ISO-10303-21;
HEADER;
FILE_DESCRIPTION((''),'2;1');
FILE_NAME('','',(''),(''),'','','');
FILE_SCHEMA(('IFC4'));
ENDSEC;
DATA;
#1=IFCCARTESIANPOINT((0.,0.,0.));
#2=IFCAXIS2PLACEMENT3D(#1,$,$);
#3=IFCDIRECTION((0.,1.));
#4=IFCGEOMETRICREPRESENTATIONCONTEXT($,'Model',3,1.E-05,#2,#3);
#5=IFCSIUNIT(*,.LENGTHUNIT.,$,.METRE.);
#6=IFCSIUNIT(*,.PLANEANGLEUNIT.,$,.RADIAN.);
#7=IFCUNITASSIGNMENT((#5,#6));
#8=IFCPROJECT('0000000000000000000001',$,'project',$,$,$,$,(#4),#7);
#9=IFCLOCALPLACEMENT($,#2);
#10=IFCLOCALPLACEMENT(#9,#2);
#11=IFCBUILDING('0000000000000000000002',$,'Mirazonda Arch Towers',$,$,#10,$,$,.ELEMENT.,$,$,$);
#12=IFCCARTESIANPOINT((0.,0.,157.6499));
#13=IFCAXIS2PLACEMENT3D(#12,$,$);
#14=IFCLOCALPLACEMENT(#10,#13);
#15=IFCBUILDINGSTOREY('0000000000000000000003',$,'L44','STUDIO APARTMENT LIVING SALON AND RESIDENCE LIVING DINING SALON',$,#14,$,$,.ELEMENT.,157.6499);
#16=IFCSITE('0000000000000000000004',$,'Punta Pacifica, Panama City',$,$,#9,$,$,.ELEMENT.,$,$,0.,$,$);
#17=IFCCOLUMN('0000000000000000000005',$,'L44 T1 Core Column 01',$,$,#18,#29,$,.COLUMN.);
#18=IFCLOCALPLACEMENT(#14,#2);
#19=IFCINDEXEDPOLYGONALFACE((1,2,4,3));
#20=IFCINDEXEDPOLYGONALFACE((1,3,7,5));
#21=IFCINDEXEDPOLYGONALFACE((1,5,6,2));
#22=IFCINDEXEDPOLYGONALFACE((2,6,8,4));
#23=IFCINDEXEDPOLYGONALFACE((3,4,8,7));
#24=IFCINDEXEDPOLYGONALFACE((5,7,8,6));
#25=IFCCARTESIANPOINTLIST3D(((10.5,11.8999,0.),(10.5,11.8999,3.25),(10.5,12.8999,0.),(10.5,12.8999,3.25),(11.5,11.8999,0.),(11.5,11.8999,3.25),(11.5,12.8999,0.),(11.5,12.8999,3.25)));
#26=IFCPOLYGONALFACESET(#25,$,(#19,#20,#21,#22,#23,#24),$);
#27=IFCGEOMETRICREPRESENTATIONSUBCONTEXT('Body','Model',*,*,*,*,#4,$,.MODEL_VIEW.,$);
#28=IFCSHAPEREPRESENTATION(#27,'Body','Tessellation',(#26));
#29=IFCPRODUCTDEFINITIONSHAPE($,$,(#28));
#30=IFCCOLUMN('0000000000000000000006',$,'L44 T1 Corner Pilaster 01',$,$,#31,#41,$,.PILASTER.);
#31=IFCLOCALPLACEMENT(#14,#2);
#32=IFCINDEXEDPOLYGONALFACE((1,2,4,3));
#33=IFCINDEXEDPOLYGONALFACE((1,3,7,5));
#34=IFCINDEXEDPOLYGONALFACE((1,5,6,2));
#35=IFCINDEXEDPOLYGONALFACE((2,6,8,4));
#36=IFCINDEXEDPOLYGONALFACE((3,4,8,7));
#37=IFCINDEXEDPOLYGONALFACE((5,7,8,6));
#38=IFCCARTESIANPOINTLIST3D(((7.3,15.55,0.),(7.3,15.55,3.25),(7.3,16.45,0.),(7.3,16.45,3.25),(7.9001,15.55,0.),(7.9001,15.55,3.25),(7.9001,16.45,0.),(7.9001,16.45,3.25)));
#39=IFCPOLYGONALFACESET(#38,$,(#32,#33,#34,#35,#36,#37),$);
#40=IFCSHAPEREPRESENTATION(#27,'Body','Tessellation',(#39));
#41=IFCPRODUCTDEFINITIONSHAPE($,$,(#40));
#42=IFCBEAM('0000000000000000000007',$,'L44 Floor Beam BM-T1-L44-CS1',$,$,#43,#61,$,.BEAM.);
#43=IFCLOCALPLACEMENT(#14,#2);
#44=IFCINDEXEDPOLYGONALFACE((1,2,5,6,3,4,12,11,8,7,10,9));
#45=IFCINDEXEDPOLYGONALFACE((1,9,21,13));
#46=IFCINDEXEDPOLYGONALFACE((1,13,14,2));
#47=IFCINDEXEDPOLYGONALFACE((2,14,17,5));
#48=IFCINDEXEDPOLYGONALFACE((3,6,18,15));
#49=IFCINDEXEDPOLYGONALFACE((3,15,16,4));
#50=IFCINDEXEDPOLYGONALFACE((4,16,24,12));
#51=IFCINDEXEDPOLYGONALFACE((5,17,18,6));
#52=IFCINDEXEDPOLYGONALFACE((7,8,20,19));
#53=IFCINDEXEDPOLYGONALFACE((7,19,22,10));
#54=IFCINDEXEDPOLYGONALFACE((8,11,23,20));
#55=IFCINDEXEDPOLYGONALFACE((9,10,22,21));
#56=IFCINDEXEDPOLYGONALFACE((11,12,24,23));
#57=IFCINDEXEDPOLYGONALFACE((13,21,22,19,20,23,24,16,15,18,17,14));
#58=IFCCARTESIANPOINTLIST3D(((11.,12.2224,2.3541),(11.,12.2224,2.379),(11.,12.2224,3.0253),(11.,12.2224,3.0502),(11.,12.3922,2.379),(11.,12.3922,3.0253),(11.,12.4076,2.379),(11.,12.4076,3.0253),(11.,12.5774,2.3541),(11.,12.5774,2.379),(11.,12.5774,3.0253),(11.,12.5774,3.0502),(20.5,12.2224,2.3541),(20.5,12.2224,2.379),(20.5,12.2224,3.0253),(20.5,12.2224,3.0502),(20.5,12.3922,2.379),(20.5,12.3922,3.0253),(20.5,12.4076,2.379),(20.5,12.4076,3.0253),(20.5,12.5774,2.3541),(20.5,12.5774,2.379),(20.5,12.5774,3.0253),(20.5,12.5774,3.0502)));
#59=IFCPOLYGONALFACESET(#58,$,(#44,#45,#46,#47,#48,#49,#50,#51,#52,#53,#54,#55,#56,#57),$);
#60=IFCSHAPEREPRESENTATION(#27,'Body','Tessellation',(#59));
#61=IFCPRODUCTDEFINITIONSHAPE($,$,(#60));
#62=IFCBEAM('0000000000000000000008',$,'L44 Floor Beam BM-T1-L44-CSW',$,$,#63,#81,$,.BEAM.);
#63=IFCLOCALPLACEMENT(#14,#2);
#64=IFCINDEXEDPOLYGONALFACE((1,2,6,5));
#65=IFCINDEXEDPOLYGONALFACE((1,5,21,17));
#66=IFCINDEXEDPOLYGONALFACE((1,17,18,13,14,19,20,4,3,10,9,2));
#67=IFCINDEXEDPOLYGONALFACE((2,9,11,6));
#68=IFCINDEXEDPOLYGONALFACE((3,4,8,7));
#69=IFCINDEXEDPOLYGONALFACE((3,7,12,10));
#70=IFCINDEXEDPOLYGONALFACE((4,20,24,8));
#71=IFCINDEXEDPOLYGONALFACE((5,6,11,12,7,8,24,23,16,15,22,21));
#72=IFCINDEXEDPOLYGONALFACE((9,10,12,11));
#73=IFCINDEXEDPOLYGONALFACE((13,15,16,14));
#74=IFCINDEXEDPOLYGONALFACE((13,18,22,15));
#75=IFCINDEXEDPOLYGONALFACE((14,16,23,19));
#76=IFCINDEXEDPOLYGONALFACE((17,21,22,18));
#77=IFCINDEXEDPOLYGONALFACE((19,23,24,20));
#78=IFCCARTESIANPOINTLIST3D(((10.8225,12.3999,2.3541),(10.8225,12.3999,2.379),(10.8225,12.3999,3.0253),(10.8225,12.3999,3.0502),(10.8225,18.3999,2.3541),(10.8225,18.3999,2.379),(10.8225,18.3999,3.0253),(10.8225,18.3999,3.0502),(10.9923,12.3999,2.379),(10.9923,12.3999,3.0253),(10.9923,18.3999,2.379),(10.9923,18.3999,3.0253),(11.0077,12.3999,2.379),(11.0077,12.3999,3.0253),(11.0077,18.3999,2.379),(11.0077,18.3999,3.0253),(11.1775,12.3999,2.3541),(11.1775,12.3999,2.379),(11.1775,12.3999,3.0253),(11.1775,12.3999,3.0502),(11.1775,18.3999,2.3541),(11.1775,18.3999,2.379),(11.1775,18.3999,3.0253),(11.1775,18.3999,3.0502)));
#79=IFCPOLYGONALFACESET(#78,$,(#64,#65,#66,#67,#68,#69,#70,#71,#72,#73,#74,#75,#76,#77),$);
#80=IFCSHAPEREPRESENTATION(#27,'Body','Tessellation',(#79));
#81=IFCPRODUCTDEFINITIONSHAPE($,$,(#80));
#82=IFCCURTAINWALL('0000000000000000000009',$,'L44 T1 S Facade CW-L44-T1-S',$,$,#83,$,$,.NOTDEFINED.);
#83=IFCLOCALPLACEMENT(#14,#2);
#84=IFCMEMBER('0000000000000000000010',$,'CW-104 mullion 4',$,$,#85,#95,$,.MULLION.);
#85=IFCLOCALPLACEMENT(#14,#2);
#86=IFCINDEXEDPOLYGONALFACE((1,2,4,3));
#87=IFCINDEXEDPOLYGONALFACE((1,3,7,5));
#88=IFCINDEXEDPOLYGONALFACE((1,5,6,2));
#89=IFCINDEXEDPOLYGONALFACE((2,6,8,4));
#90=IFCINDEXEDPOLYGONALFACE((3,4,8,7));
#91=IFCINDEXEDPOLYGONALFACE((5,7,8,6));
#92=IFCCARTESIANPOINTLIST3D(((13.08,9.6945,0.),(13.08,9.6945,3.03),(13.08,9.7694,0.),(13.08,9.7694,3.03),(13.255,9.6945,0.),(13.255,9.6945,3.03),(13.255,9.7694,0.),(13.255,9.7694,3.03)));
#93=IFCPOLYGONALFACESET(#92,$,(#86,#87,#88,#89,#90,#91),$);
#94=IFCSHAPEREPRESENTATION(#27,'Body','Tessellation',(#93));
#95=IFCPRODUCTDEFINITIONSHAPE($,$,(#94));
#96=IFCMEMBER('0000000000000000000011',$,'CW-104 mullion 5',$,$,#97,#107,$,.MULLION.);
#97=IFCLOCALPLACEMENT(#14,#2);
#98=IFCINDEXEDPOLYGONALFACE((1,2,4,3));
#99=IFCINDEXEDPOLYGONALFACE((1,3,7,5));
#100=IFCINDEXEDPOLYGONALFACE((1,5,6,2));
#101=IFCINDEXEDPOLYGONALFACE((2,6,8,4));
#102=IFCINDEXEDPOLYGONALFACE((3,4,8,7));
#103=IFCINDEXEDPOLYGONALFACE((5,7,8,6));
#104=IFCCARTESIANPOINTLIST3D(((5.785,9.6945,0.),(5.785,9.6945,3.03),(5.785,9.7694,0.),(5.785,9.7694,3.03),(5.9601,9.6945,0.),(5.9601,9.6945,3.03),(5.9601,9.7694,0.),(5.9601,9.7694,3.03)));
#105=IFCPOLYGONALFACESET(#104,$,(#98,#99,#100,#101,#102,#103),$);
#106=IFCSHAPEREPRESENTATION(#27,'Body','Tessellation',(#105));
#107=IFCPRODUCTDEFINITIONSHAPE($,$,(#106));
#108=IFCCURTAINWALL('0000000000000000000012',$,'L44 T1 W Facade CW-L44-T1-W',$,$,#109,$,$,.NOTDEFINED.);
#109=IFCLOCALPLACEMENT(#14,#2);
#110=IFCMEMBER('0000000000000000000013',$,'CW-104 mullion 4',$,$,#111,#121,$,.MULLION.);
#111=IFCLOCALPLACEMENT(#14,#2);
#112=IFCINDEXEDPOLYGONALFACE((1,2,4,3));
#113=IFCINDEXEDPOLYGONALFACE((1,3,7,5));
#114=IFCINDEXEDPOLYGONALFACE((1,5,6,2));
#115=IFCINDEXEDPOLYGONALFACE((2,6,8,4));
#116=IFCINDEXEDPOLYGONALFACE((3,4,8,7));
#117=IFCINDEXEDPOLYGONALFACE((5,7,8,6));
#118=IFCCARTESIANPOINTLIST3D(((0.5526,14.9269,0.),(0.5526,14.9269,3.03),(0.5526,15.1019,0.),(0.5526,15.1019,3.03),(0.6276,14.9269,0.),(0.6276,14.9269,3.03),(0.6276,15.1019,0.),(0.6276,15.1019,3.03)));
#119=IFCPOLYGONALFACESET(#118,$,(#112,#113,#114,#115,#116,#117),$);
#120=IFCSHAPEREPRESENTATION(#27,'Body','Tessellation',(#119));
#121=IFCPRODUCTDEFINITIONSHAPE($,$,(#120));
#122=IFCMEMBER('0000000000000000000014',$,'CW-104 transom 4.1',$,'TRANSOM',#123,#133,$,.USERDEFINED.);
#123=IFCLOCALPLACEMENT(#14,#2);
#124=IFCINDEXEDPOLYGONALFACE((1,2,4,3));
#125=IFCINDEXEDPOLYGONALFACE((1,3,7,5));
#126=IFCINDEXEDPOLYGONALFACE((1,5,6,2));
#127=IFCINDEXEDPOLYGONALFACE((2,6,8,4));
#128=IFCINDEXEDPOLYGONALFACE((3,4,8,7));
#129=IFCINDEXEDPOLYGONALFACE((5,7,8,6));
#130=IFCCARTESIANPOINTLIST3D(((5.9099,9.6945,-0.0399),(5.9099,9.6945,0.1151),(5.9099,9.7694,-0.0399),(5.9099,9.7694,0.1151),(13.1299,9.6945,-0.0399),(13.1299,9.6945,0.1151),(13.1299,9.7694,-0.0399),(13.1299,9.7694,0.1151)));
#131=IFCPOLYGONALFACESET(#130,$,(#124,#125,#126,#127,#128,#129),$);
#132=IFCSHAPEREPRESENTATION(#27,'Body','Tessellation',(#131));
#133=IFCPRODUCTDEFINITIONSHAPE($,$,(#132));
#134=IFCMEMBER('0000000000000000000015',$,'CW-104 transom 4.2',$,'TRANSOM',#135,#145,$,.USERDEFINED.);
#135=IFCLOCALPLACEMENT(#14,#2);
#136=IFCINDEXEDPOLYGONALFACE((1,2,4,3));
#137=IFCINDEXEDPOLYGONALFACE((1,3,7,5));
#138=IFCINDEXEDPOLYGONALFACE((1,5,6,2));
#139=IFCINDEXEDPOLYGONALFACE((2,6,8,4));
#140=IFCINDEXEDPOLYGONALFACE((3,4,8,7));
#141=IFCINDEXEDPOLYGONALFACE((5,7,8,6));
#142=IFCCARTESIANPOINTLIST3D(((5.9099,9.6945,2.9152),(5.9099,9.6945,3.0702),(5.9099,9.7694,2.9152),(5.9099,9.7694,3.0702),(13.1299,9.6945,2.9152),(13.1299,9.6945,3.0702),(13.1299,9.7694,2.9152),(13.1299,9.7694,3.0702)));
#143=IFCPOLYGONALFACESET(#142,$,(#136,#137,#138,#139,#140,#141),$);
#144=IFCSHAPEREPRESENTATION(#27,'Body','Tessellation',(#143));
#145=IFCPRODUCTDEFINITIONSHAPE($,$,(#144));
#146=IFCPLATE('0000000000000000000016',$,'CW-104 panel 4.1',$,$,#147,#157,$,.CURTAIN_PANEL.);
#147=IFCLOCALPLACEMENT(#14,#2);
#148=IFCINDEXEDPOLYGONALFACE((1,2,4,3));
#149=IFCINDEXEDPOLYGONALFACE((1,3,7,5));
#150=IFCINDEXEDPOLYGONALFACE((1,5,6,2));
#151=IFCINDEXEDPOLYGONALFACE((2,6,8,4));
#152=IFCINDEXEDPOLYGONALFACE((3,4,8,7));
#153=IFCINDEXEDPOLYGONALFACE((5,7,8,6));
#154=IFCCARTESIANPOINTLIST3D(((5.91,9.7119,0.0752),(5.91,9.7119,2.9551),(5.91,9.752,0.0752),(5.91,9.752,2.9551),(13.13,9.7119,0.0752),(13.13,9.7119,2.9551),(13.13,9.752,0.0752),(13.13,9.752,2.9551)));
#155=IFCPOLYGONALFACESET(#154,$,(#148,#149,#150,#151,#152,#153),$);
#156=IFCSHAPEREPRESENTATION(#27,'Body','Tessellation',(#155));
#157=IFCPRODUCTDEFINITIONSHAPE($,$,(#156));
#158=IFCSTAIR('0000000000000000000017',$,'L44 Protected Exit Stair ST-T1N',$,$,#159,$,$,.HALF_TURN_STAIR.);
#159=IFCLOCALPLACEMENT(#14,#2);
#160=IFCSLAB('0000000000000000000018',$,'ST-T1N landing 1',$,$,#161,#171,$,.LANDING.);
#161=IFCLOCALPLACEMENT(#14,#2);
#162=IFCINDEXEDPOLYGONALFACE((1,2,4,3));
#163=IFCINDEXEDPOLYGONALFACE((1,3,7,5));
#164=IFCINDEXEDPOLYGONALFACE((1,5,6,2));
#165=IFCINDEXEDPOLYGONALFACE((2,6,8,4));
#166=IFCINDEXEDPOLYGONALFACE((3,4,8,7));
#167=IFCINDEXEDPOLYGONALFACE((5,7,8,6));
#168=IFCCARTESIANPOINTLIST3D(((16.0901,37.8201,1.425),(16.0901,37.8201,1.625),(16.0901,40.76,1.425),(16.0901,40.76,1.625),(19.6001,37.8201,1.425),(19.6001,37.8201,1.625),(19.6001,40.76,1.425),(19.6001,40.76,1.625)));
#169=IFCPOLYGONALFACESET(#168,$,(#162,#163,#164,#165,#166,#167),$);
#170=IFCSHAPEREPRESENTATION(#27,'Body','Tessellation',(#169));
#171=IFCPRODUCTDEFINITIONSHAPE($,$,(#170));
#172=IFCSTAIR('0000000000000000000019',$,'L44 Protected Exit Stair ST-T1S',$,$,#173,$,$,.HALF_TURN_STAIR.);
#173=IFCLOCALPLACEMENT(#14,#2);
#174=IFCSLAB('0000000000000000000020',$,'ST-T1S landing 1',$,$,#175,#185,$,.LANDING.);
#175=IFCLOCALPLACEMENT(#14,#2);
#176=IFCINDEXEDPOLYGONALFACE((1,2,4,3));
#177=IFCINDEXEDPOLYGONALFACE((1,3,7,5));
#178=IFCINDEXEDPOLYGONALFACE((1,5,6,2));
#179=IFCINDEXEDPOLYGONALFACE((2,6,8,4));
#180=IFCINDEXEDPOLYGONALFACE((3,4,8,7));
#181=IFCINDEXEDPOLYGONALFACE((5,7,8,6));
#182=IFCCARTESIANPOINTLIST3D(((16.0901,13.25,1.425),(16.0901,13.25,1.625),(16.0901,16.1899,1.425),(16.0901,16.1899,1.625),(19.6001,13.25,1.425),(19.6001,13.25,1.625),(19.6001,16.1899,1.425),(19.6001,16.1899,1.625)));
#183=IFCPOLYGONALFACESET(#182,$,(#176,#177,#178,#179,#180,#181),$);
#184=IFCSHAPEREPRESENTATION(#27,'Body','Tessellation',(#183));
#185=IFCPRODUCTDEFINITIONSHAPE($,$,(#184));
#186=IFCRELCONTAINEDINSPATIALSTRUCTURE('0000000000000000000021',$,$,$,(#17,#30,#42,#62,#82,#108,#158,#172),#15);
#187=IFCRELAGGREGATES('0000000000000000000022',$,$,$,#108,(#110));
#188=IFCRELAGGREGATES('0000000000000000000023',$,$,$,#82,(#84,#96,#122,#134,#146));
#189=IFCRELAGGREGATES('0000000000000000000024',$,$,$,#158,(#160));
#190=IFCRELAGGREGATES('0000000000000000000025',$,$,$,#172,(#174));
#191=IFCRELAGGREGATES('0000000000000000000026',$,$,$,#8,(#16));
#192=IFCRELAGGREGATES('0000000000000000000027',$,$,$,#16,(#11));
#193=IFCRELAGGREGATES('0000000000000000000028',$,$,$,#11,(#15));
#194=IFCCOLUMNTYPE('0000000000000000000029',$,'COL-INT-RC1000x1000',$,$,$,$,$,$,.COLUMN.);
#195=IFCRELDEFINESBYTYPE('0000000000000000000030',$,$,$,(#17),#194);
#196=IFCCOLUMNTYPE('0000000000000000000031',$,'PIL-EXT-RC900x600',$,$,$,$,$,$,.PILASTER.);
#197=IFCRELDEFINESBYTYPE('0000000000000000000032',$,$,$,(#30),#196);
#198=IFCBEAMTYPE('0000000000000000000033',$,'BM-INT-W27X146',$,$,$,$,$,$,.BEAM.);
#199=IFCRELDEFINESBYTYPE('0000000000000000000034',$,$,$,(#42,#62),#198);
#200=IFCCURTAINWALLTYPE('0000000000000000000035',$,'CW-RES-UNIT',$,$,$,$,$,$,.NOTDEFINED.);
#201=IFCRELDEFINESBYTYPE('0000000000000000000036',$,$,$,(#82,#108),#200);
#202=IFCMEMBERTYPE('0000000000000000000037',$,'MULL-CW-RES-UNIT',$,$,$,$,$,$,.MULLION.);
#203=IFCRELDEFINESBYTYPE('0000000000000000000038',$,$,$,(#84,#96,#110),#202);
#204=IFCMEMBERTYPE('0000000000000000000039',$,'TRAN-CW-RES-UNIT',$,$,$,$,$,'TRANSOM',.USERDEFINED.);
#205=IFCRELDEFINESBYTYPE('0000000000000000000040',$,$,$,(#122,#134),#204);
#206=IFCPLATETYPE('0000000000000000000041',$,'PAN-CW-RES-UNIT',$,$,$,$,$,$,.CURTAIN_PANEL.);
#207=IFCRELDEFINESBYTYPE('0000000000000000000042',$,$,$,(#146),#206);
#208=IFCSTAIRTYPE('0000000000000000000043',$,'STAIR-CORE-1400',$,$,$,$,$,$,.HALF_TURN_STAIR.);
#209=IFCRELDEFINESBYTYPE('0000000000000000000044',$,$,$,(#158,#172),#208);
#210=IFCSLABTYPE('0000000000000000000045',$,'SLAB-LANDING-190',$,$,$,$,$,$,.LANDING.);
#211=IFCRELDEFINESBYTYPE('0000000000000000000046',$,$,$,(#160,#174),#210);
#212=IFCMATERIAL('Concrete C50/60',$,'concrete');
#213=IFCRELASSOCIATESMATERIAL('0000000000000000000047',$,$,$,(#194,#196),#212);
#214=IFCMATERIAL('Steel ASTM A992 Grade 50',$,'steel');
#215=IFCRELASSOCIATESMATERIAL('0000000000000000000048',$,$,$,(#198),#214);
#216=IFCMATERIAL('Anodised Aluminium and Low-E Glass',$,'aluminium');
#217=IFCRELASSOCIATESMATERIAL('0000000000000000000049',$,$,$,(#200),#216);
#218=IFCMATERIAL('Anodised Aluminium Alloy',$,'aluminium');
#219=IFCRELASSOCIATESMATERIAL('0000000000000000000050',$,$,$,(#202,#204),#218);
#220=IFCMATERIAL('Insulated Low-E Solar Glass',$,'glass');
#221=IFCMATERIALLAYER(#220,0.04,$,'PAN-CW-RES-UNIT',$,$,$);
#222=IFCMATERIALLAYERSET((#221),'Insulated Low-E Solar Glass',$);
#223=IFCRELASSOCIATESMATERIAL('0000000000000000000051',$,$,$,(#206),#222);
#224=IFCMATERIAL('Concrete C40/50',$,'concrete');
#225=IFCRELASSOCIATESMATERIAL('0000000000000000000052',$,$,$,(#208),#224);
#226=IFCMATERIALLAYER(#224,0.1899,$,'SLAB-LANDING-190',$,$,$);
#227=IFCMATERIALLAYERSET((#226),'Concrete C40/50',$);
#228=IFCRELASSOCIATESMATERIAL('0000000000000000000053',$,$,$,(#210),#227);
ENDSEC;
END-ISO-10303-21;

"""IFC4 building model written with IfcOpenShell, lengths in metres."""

from ifc_helpers import new_model, si_unit, direction, frame, origin, origin_2d, place, context, subcontext, project, spatial, polyline, rectangle, i_section, outline, extrude, material, layer, layer_set, material_profile, profile_set, type_object, element, aggregate, save


model = new_model("IFC4")

# Units and contexts
model_context = context("Model", 3, precision=1e-05, world=origin(), true_north=direction((0.0, 1.0)))
body_context = subcontext(model_context, "Body", "Model", "MODEL_VIEW")
ifc_project = project(units=[si_unit("LENGTHUNIT", "METRE"), si_unit("PLANEANGLEUNIT", "RADIAN")], contexts=[model_context])

# Site, building, storey
site_placement = place(None, origin())
site = spatial("IfcSite", under=ifc_project, at=site_placement, Name="Punta Pacifica, Panama City", CompositionType="ELEMENT", RefElevation=0.0)
building_placement = place(site_placement, origin())
building = spatial("IfcBuilding", under=site, at=building_placement, Name="Mirazonda Arch Towers", CompositionType="ELEMENT")
storey_placement = place(building_placement, frame((0.0, 0.0, 157.6499)))
storey = spatial("IfcBuildingStorey", under=building, at=storey_placement, Name="L44", Description="STUDIO APARTMENT LIVING SALON AND RESIDENCE LIVING DINING SALON", CompositionType="ELEMENT", Elevation=157.6499)

# Columns
ifc_material_1 = material(Name="Concrete C50/60", Category="concrete")
ifc_material_profile_1 = material_profile(ifc_material_1, rectangle(XDim=1.0, YDim=1.0, at=origin_2d()), Name="RC1000x1000")
ifc_profile_set_1 = profile_set([ifc_material_profile_1], Name="Concrete C50/60")
column_type_1 = type_object("IfcColumnType", Name="COL-INT-RC1000x1000", PredefinedType="COLUMN", material=ifc_profile_set_1)
column_1_placement = place(storey_placement, frame((11.0, 12.3999, 0.0), z_axis=(0.0, 0.0, 1.0), x_axis=(1.0, 0.0, 0.0)))
element("IfcColumn", 1, at=column_1_placement, inside=storey, type_object=column_type_1, Name="L44 T1 Core Column 01", PredefinedType="COLUMN", context=body_context, shape_type="SweptSolid", body=[
    extrude(rectangle(XDim=1.0, YDim=1.0, at=origin_2d()), origin(), (0.0, 0.0, 1.0), 3.25),
])
ifc_material_profile_2 = material_profile(ifc_material_1, rectangle(XDim=0.6001, YDim=0.8999, at=origin_2d()), Name="RC900x600")
ifc_profile_set_2 = profile_set([ifc_material_profile_2], Name="Concrete C50/60")
column_type_2 = type_object("IfcColumnType", Name="PIL-EXT-RC900x600", PredefinedType="PILASTER", material=ifc_profile_set_2)
column_2_placement = place(storey_placement, frame((7.6001, 16.0, 0.0), z_axis=(0.0, 0.0, 1.0), x_axis=(1.0, 0.0, 0.0)))
element("IfcColumn", 2, at=column_2_placement, inside=storey, type_object=column_type_2, Name="L44 T1 Corner Pilaster 01", PredefinedType="PILASTER", context=body_context, shape_type="SweptSolid", body=[
    extrude(rectangle(XDim=0.6001, YDim=0.8999, at=origin_2d()), origin(), (0.0, 0.0, 1.0), 3.25),
])

# Beams
ifc_material_2 = material(Name="Steel ASTM A992 Grade 50", Category="steel")
ifc_material_profile_3 = material_profile(ifc_material_2, i_section(OverallWidth=0.355, OverallDepth=0.696, WebThickness=0.0154, FlangeThickness=0.0249, at=origin_2d()), Name="W27X146")
ifc_profile_set_3 = profile_set([ifc_material_profile_3], Name="Steel ASTM A992 Grade 50")
beam_type = type_object("IfcBeamType", Name="BM-INT-W27X146", PredefinedType="BEAM", material=ifc_profile_set_3)
beam_1_placement = place(storey_placement, frame((11.0, 12.3999, 2.7021), z_axis=(1.0, 0.0, 0.0), x_axis=(0.0, 1.0, 0.0)))
element("IfcBeam", 3, at=beam_1_placement, inside=storey, type_object=beam_type, Name="L44 Floor Beam BM-T1-L44-CS1", PredefinedType="BEAM", context=body_context, shape_type="SweptSolid", body=[
    extrude(i_section(OverallWidth=0.355, OverallDepth=0.696, WebThickness=0.0154, FlangeThickness=0.0249, at=origin_2d()), origin(), (0.0, 0.0, 1.0), 9.5),
])
beam_2_placement = place(storey_placement, frame((11.0, 12.3999, 2.7021), z_axis=(0.0, 1.0, 0.0), x_axis=(-1.0, 0.0, 0.0)))
element("IfcBeam", 4, at=beam_2_placement, inside=storey, type_object=beam_type, Name="L44 Floor Beam BM-T1-L44-CSW", PredefinedType="BEAM", context=body_context, shape_type="SweptSolid", body=[
    extrude(i_section(OverallWidth=0.355, OverallDepth=0.696, WebThickness=0.0154, FlangeThickness=0.0249, at=origin_2d()), origin(), (0.0, 0.0, 1.0), 6.0),
])

# Curtain wall, members
ifc_material_3 = material(Name="Anodised Aluminium and Low-E Glass", Category="aluminium")
curtain_wall_type = type_object("IfcCurtainWallType", Name="CW-RES-UNIT", PredefinedType="NOTDEFINED", material=ifc_material_3)
curtain_wall_1_placement = place(storey_placement, origin())
curtain_wall_1 = element("IfcCurtainWall", 5, at=curtain_wall_1_placement, inside=storey, type_object=curtain_wall_type, Name="L44 T1 S Facade CW-L44-T1-S", PredefinedType="NOTDEFINED")
ifc_material_4 = material(Name="Anodised Aluminium Alloy", Category="aluminium")
ifc_material_profile_4 = material_profile(ifc_material_4, rectangle(XDim=0.075, YDim=0.175, at=origin_2d()), Name="ALU-MULL-75x175")
ifc_profile_set_4 = profile_set([ifc_material_profile_4], Name="Anodised Aluminium Alloy")
member_type_1 = type_object("IfcMemberType", Name="MULL-CW-RES-UNIT", PredefinedType="MULLION", material=ifc_profile_set_4)
member_1_placement = place(storey_placement, frame((13.1675, 9.7319, 0.0), z_axis=(0.0, 0.0, 1.0), x_axis=(0.0, -1.0, 0.0)))
member_1 = element("IfcMember", 6, at=member_1_placement, type_object=member_type_1, Name="CW-104 mullion 4", PredefinedType="MULLION", context=body_context, shape_type="SweptSolid", body=[
    extrude(rectangle(XDim=0.075, YDim=0.175, at=origin_2d()), origin(), (0.0, 0.0, 1.0), 3.03),
])
member_2_placement = place(storey_placement, frame((5.8726, 9.7319, 0.0), z_axis=(0.0, 0.0, 1.0), x_axis=(0.0, -1.0, 0.0)))
member_2 = element("IfcMember", 7, at=member_2_placement, type_object=member_type_1, Name="CW-104 mullion 5", PredefinedType="MULLION", context=body_context, shape_type="SweptSolid", body=[
    extrude(rectangle(XDim=0.075, YDim=0.175, at=origin_2d()), origin(), (0.0, 0.0, 1.0), 3.03),
])

# Curtain wall, member
curtain_wall_2_placement = place(storey_placement, origin())
curtain_wall_2 = element("IfcCurtainWall", 8, at=curtain_wall_2_placement, inside=storey, type_object=curtain_wall_type, Name="L44 T1 W Facade CW-L44-T1-W", PredefinedType="NOTDEFINED")
member_3_placement = place(storey_placement, frame((0.5901, 15.0144, 0.0), z_axis=(0.0, 0.0, 1.0), x_axis=(1.0, 0.0, 0.0)))
member_3 = element("IfcMember", 9, at=member_3_placement, type_object=member_type_1, Name="CW-104 mullion 4", PredefinedType="MULLION", context=body_context, shape_type="SweptSolid", body=[
    extrude(rectangle(XDim=0.075, YDim=0.175, at=origin_2d()), origin(), (0.0, 0.0, 1.0), 3.03),
])
aggregate(curtain_wall_2, [member_3])

# Members
ifc_material_profile_5 = material_profile(ifc_material_4, rectangle(XDim=0.075, YDim=0.155, at=origin_2d()), Name="ALU-TRAN-75x155")
ifc_profile_set_5 = profile_set([ifc_material_profile_5], Name="Anodised Aluminium Alloy")
member_type_2 = type_object("IfcMemberType", Name="TRAN-CW-RES-UNIT", ElementType="TRANSOM", PredefinedType="USERDEFINED", material=ifc_profile_set_5)
member_4_placement = place(storey_placement, frame((13.1299, 9.7319, 0.0376), z_axis=(-1.0, 0.0, 0.0), x_axis=(0.0, -1.0, 0.0)))
member_4 = element("IfcMember", 10, at=member_4_placement, type_object=member_type_2, Name="CW-104 transom 4.1", ObjectType="TRANSOM", PredefinedType="USERDEFINED", context=body_context, shape_type="SweptSolid", body=[
    extrude(rectangle(XDim=0.075, YDim=0.155, at=origin_2d()), origin(), (0.0, 0.0, 1.0), 7.22),
])
member_5_placement = place(storey_placement, frame((13.1299, 9.7319, 2.9927), z_axis=(-1.0, 0.0, 0.0), x_axis=(0.0, -1.0, 0.0)))
member_5 = element("IfcMember", 11, at=member_5_placement, type_object=member_type_2, Name="CW-104 transom 4.2", ObjectType="TRANSOM", PredefinedType="USERDEFINED", context=body_context, shape_type="SweptSolid", body=[
    extrude(rectangle(XDim=0.075, YDim=0.155, at=origin_2d()), origin(), (0.0, 0.0, 1.0), 7.22),
])

# Plate
ifc_material_5 = material(Name="Insulated Low-E Solar Glass", Category="glass")
ifc_layer_1 = layer(ifc_material_5, 0.04, Name="PAN-CW-RES-UNIT")
ifc_layer_set_1 = layer_set([ifc_layer_1], Name="Insulated Low-E Solar Glass")
plate_type = type_object("IfcPlateType", Name="PAN-CW-RES-UNIT", PredefinedType="CURTAIN_PANEL", material=ifc_layer_set_1)
plate_placement = place(storey_placement, frame((9.52, 9.7319, 0.0752), z_axis=(0.0, 0.0, 1.0), x_axis=(-1.0, 0.0, 0.0)))
plate = element("IfcPlate", 12, at=plate_placement, type_object=plate_type, Name="CW-104 panel 4.1", PredefinedType="CURTAIN_PANEL", context=body_context, shape_type="SweptSolid", body=[
    extrude(rectangle(XDim=7.22, YDim=0.04, at=origin_2d()), origin(), (0.0, 0.0, 1.0), 2.8799),
])
aggregate(curtain_wall_1, [member_1, member_2, member_4, member_5, plate])

# Stairs, slabs
ifc_material_6 = material(Name="Concrete C40/50", Category="concrete")
stair_type = type_object("IfcStairType", Name="STAIR-CORE-1400", PredefinedType="HALF_TURN_STAIR", material=ifc_material_6)
stair_1_placement = place(storey_placement, origin())
stair_1 = element("IfcStair", 13, at=stair_1_placement, inside=storey, type_object=stair_type, Name="L44 Protected Exit Stair ST-T1N", PredefinedType="HALF_TURN_STAIR")
ifc_layer_2 = layer(ifc_material_6, 0.1899, Name="SLAB-LANDING-190")
ifc_layer_set_2 = layer_set([ifc_layer_2], Name="Concrete C40/50")
slab_type_1 = type_object("IfcSlabType", Name="SLAB-LANDING-190", PredefinedType="LANDING", material=ifc_layer_set_2)
slab_1_placement = place(storey_placement, frame((0.0, 0.0, 1.425)))
slab_1 = element("IfcSlab", 14, at=slab_1_placement, type_object=slab_type_1, Name="ST-T1N landing 1", PredefinedType="LANDING", context=body_context, shape_type="SweptSolid", body=[
    extrude(outline(polyline([(16.0901, 37.8201), (19.6001, 37.8201), (19.6001, 40.76), (16.0901, 40.76), (16.0901, 37.8201)])), origin(), (0.0, 0.0, 1.0), 0.2),
])
aggregate(stair_1, [slab_1])
stair_2_placement = place(storey_placement, origin())
stair_2 = element("IfcStair", 15, at=stair_2_placement, inside=storey, type_object=stair_type, Name="L44 Protected Exit Stair ST-T1S", PredefinedType="HALF_TURN_STAIR")
slab_2_placement = place(storey_placement, frame((0.0, 0.0, 1.425)))
slab_2 = element("IfcSlab", 16, at=slab_2_placement, type_object=slab_type_1, Name="ST-T1S landing 1", PredefinedType="LANDING", context=body_context, shape_type="SweptSolid", body=[
    extrude(outline(polyline([(16.0901, 13.25), (19.6001, 13.25), (19.6001, 16.1899), (16.0901, 16.1899), (16.0901, 13.25)])), origin(), (0.0, 0.0, 1.0), 0.2),
])

aggregate(stair_2, [slab_2])

save(model, "model.ifc")
